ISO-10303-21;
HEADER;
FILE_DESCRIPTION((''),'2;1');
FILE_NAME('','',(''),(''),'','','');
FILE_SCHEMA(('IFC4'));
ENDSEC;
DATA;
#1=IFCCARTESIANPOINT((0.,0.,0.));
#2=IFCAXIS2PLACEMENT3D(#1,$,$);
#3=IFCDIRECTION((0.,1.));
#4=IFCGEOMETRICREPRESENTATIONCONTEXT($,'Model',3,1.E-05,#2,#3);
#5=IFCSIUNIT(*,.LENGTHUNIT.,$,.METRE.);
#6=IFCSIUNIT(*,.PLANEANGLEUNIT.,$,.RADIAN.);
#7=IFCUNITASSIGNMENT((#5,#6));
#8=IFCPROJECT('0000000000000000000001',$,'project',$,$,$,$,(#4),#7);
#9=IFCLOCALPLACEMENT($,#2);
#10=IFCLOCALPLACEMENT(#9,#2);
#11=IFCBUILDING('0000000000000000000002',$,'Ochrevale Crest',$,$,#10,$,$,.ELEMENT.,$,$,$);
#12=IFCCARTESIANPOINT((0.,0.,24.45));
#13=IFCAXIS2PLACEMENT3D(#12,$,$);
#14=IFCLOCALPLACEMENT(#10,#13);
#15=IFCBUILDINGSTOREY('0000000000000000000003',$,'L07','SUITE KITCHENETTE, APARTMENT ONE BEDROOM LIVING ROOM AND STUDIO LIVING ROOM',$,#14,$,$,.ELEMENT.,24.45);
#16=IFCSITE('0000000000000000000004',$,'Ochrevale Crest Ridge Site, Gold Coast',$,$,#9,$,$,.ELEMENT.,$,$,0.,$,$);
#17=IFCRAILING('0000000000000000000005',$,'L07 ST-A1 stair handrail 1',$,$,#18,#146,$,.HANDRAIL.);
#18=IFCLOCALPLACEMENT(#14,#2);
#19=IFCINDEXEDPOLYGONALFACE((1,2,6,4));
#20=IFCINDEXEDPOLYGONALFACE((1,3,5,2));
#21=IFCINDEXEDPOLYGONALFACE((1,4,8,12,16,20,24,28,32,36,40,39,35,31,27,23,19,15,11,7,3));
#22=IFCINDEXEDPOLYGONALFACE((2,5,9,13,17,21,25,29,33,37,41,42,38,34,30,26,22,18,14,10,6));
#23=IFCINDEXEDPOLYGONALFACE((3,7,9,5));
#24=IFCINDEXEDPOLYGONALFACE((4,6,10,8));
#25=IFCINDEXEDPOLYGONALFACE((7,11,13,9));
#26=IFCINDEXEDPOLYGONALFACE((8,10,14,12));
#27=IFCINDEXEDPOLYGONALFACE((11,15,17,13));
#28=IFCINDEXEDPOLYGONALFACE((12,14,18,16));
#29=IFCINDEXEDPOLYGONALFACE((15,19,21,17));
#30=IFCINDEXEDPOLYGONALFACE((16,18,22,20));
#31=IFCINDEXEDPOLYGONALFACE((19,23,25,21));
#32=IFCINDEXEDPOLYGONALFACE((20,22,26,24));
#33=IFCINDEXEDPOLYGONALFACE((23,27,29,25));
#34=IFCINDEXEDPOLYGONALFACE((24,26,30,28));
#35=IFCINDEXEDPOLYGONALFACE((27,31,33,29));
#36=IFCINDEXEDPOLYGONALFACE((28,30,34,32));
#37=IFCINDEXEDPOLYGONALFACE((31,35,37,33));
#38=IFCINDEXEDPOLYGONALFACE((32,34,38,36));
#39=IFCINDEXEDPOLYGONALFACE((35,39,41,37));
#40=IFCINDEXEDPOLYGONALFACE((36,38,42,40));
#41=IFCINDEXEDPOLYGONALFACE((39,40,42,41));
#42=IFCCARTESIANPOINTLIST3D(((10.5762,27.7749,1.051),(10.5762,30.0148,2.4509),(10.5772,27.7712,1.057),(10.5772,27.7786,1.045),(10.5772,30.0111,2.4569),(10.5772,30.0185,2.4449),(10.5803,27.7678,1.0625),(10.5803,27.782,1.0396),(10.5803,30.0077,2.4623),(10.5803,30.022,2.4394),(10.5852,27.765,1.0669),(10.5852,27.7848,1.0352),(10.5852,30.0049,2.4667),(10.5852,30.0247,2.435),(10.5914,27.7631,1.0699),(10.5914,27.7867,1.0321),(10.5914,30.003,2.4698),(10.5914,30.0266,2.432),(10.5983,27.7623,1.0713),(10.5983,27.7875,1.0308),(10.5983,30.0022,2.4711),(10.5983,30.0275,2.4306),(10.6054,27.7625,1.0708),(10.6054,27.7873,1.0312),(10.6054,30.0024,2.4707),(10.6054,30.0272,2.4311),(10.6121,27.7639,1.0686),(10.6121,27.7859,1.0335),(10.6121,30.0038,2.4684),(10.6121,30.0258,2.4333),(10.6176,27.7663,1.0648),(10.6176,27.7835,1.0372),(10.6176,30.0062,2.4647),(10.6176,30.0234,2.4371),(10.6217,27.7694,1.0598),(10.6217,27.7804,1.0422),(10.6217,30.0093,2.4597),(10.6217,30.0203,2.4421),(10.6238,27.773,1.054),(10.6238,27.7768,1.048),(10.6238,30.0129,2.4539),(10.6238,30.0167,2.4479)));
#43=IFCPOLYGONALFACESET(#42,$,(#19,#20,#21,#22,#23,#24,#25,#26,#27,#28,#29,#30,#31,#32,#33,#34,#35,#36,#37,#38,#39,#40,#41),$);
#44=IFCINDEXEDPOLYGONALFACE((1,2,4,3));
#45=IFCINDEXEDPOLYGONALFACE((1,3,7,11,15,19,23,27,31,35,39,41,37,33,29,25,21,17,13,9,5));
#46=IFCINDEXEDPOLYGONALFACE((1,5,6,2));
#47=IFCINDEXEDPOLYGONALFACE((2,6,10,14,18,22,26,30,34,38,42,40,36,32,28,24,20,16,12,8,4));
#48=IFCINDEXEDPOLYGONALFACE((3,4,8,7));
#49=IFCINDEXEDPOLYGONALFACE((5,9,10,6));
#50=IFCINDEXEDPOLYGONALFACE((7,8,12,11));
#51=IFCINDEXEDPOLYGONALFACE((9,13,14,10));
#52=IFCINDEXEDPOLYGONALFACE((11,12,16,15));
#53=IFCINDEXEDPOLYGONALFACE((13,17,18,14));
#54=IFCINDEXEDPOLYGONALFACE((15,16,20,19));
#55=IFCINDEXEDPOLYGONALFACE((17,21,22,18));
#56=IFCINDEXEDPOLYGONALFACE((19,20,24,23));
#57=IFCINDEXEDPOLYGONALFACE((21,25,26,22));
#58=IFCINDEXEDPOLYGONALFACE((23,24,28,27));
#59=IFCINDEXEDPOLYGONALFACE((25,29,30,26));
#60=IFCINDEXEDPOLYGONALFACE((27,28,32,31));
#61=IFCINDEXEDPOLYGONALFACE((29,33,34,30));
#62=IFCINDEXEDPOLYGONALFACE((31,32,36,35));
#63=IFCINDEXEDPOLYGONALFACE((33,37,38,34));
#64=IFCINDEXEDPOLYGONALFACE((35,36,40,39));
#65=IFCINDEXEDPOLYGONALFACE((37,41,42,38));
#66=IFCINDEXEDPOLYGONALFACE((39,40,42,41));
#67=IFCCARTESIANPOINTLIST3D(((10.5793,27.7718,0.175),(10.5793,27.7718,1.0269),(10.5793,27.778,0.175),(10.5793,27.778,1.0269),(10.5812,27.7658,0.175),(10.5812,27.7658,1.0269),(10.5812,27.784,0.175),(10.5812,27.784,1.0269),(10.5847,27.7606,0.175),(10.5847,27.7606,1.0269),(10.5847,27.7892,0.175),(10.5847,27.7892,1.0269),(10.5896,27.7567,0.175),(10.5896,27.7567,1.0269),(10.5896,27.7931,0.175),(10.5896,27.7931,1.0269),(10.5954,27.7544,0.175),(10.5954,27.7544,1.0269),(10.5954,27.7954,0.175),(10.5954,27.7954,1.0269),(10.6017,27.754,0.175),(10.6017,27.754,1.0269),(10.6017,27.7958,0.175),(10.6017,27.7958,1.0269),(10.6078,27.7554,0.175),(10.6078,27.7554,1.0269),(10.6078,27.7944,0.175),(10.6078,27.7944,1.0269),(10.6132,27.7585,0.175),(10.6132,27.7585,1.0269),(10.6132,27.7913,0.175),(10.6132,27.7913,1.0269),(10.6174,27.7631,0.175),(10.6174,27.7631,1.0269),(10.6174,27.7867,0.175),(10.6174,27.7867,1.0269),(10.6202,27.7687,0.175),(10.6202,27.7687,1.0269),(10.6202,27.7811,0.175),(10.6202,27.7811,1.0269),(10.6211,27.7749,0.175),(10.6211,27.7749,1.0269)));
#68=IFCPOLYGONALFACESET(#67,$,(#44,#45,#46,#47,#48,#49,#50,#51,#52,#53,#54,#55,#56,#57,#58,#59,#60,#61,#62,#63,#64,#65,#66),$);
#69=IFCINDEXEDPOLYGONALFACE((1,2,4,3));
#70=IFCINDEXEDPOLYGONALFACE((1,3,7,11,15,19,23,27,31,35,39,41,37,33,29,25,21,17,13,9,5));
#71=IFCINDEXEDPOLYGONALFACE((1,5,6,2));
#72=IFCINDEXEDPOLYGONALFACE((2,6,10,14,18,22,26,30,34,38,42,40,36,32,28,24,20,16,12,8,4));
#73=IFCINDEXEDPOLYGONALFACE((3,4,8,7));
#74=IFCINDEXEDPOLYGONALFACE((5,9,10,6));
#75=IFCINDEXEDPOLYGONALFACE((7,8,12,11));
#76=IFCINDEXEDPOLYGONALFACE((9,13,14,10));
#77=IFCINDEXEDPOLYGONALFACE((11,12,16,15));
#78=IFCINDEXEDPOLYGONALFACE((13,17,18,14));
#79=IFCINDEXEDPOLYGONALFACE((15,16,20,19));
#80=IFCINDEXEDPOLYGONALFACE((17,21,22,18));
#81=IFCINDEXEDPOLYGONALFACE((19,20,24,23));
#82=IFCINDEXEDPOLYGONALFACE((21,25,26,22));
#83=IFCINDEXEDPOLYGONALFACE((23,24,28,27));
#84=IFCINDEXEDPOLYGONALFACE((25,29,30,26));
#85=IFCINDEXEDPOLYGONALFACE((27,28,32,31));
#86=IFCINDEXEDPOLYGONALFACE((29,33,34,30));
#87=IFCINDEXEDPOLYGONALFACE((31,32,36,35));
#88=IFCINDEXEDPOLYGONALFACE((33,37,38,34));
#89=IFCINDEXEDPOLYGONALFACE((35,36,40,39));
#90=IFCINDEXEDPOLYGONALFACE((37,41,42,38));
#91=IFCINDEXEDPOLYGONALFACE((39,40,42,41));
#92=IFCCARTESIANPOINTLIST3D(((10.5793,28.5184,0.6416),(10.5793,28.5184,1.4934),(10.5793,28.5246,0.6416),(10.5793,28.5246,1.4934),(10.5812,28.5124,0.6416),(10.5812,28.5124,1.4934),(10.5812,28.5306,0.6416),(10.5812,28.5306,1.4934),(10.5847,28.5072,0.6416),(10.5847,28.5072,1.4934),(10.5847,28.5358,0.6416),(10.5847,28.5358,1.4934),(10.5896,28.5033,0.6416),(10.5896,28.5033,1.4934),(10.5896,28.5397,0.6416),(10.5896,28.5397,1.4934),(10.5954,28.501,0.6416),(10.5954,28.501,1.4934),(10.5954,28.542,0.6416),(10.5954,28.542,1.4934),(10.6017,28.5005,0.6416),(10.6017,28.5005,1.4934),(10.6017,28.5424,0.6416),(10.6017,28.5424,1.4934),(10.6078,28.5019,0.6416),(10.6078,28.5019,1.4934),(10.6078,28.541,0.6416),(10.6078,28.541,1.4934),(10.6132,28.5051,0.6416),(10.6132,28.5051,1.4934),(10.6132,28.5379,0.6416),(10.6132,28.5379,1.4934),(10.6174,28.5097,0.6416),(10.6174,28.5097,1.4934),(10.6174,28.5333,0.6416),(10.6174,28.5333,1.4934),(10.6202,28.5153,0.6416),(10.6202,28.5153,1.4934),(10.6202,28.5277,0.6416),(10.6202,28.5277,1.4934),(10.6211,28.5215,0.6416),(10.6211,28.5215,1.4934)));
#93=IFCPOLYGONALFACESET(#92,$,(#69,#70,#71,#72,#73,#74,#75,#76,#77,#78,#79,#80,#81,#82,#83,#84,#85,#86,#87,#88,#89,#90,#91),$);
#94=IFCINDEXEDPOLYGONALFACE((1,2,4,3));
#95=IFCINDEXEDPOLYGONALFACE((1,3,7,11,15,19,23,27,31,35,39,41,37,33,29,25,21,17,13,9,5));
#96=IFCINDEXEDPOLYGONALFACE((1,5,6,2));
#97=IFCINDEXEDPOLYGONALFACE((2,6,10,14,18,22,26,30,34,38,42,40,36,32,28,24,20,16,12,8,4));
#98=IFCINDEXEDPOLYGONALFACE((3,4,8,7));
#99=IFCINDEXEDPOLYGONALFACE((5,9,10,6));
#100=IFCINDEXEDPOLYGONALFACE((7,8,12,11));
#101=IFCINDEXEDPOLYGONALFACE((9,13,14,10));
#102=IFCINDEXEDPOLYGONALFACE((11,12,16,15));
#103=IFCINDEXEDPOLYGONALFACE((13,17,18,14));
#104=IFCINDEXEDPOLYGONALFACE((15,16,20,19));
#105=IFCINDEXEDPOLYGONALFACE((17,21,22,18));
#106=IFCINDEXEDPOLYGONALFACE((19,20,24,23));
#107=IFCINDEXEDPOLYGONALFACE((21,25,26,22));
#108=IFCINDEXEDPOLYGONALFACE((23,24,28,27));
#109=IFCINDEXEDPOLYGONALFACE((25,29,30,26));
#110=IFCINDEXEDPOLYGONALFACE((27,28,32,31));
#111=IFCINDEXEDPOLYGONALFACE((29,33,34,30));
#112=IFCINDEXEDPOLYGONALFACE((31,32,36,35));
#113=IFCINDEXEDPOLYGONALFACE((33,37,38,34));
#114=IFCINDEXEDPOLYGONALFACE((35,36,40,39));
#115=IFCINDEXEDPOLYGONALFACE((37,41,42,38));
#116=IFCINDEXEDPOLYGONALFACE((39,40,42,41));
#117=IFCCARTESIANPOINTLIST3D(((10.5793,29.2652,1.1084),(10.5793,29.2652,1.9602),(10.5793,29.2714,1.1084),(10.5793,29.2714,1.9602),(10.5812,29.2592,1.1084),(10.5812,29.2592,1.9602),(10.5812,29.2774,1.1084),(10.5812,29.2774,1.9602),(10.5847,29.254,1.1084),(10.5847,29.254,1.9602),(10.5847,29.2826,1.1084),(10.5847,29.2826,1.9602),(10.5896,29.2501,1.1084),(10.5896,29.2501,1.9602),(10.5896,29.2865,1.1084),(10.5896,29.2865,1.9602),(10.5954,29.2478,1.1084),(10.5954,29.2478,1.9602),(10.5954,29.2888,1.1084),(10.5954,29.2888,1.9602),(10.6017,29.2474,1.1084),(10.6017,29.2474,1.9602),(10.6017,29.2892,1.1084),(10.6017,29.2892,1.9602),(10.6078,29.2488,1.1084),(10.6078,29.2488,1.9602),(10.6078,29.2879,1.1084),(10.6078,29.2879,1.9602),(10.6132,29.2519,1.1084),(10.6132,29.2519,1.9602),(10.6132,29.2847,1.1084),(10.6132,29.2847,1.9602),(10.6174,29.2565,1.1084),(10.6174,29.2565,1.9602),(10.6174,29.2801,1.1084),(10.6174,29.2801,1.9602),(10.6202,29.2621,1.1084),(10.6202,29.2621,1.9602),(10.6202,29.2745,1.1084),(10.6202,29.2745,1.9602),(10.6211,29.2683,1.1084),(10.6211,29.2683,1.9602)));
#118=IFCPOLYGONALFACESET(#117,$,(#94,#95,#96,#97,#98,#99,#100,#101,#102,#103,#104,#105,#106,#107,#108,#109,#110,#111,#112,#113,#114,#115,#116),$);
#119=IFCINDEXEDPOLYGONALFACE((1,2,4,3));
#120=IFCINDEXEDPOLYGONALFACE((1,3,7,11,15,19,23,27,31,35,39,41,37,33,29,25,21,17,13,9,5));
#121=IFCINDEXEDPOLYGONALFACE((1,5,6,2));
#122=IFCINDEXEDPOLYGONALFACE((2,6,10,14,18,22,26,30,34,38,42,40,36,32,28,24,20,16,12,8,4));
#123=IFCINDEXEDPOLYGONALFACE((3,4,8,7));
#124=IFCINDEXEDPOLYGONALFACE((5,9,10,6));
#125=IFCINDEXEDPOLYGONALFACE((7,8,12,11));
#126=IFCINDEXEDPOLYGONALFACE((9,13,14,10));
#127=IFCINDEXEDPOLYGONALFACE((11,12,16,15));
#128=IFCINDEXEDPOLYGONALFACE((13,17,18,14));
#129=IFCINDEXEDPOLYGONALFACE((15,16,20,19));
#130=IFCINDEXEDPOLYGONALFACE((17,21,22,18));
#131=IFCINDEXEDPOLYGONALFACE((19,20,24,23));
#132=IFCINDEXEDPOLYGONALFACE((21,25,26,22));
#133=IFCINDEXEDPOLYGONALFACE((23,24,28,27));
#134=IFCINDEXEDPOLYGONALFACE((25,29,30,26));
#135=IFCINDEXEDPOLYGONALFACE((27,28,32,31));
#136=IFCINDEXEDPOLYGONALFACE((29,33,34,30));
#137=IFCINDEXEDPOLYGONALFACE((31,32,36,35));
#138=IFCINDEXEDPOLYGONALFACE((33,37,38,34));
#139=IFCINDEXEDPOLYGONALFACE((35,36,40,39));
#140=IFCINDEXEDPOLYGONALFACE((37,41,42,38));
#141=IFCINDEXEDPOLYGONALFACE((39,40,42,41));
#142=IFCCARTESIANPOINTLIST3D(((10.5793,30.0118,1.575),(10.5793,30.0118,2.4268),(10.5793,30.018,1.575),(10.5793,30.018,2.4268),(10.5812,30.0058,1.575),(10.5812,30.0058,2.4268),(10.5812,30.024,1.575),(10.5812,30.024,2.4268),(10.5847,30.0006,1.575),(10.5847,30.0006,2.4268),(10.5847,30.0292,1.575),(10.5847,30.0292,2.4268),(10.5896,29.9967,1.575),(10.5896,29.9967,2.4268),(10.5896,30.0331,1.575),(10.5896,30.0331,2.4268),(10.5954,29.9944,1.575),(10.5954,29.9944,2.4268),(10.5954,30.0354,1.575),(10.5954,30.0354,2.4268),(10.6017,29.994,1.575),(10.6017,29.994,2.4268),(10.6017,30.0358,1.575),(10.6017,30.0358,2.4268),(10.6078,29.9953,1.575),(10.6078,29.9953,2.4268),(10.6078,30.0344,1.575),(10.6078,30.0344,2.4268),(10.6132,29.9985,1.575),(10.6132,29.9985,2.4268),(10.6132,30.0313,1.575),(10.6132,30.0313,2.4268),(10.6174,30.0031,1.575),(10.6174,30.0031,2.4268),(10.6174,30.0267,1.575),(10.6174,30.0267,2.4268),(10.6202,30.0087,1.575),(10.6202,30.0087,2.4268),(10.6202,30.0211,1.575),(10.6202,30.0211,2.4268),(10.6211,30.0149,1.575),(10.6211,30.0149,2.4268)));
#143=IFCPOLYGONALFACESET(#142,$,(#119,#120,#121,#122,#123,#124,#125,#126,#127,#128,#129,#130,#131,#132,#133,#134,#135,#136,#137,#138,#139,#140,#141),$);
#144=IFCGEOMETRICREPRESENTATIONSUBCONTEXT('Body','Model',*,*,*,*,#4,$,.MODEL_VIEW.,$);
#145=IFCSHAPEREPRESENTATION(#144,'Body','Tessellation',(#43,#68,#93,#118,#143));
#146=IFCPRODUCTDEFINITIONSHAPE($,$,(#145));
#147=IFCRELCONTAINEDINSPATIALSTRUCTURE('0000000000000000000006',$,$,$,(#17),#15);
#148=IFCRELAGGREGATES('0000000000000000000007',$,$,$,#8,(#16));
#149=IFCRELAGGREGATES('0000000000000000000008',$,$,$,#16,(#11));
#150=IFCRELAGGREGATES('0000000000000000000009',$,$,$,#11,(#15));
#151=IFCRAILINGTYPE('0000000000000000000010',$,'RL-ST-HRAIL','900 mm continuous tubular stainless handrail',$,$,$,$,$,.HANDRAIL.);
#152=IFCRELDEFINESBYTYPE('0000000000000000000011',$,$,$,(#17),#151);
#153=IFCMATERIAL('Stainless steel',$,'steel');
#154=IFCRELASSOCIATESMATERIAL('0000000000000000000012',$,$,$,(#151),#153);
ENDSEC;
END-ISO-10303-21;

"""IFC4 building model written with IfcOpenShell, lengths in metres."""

from ifc_helpers import new_model, si_unit, direction, frame, origin, origin_2d, place, context, subcontext, project, spatial, circle, extrude, material, type_object, element, save


model = new_model("IFC4")

# Units and contexts
model_context = context("Model", 3, precision=1e-05, world=origin(), true_north=direction((0.0, 1.0)))
body_context = subcontext(model_context, "Body", "Model", "MODEL_VIEW")
ifc_project = project(units=[si_unit("LENGTHUNIT", "METRE"), si_unit("PLANEANGLEUNIT", "RADIAN")], contexts=[model_context])

# Site, building, storey
site_placement = place(None, origin())
site = spatial("IfcSite", under=ifc_project, at=site_placement, Name="Ochrevale Crest Ridge Site, Gold Coast", CompositionType="ELEMENT", RefElevation=0.0)
building_placement = place(site_placement, origin())
building = spatial("IfcBuilding", under=site, at=building_placement, Name="Ochrevale Crest", CompositionType="ELEMENT")
storey_placement = place(building_placement, frame((0.0, 0.0, 24.45)))
storey = spatial("IfcBuildingStorey", under=building, at=storey_placement, Name="L07", Description="SUITE KITCHENETTE, APARTMENT ONE BEDROOM LIVING ROOM AND STUDIO LIVING ROOM", CompositionType="ELEMENT", Elevation=24.45)

# Railing
ifc_material_1 = material(Name="Stainless steel", Category="steel")
railing_type_1 = type_object("IfcRailingType", Name="RL-ST-HRAIL", Description="900 mm continuous tubular stainless handrail", PredefinedType="HANDRAIL", material=ifc_material_1)
railing_1_placement = place(storey_placement, frame((10.6001, 27.7749, 0.175)))
element("IfcRailing", 1, at=railing_1_placement, inside=storey, type_object=railing_type_1, Name="L07 ST-A1 stair handrail 1", PredefinedType="HANDRAIL", context=body_context, shape_type="SweptSolid", body=[
    extrude(circle(Radius=0.0239, at=origin_2d()), frame((0.0, 0.0, 0.876), z_axis=(0.0, 0.848014, 0.529974), x_axis=(-1.0, 0.0, 0.0)), (0.0, 0.0, 1.0), 2.6414),
    extrude(circle(Radius=0.021, at=origin_2d()), origin(), (0.0, 0.0, 1.0), 0.8518),
    extrude(circle(Radius=0.021, at=origin_2d()), frame((0.0, 0.7466, 0.4666)), (0.0, 0.0, 1.0), 0.8518),
    extrude(circle(Radius=0.021, at=origin_2d()), frame((0.0, 1.4934, 0.9333)), (0.0, 0.0, 1.0), 0.8518),
    extrude(circle(Radius=0.021, at=origin_2d()), frame((0.0, 2.24, 1.3999)), (0.0, 0.0, 1.0), 0.8518),
])

save(model, "model.ifc")
